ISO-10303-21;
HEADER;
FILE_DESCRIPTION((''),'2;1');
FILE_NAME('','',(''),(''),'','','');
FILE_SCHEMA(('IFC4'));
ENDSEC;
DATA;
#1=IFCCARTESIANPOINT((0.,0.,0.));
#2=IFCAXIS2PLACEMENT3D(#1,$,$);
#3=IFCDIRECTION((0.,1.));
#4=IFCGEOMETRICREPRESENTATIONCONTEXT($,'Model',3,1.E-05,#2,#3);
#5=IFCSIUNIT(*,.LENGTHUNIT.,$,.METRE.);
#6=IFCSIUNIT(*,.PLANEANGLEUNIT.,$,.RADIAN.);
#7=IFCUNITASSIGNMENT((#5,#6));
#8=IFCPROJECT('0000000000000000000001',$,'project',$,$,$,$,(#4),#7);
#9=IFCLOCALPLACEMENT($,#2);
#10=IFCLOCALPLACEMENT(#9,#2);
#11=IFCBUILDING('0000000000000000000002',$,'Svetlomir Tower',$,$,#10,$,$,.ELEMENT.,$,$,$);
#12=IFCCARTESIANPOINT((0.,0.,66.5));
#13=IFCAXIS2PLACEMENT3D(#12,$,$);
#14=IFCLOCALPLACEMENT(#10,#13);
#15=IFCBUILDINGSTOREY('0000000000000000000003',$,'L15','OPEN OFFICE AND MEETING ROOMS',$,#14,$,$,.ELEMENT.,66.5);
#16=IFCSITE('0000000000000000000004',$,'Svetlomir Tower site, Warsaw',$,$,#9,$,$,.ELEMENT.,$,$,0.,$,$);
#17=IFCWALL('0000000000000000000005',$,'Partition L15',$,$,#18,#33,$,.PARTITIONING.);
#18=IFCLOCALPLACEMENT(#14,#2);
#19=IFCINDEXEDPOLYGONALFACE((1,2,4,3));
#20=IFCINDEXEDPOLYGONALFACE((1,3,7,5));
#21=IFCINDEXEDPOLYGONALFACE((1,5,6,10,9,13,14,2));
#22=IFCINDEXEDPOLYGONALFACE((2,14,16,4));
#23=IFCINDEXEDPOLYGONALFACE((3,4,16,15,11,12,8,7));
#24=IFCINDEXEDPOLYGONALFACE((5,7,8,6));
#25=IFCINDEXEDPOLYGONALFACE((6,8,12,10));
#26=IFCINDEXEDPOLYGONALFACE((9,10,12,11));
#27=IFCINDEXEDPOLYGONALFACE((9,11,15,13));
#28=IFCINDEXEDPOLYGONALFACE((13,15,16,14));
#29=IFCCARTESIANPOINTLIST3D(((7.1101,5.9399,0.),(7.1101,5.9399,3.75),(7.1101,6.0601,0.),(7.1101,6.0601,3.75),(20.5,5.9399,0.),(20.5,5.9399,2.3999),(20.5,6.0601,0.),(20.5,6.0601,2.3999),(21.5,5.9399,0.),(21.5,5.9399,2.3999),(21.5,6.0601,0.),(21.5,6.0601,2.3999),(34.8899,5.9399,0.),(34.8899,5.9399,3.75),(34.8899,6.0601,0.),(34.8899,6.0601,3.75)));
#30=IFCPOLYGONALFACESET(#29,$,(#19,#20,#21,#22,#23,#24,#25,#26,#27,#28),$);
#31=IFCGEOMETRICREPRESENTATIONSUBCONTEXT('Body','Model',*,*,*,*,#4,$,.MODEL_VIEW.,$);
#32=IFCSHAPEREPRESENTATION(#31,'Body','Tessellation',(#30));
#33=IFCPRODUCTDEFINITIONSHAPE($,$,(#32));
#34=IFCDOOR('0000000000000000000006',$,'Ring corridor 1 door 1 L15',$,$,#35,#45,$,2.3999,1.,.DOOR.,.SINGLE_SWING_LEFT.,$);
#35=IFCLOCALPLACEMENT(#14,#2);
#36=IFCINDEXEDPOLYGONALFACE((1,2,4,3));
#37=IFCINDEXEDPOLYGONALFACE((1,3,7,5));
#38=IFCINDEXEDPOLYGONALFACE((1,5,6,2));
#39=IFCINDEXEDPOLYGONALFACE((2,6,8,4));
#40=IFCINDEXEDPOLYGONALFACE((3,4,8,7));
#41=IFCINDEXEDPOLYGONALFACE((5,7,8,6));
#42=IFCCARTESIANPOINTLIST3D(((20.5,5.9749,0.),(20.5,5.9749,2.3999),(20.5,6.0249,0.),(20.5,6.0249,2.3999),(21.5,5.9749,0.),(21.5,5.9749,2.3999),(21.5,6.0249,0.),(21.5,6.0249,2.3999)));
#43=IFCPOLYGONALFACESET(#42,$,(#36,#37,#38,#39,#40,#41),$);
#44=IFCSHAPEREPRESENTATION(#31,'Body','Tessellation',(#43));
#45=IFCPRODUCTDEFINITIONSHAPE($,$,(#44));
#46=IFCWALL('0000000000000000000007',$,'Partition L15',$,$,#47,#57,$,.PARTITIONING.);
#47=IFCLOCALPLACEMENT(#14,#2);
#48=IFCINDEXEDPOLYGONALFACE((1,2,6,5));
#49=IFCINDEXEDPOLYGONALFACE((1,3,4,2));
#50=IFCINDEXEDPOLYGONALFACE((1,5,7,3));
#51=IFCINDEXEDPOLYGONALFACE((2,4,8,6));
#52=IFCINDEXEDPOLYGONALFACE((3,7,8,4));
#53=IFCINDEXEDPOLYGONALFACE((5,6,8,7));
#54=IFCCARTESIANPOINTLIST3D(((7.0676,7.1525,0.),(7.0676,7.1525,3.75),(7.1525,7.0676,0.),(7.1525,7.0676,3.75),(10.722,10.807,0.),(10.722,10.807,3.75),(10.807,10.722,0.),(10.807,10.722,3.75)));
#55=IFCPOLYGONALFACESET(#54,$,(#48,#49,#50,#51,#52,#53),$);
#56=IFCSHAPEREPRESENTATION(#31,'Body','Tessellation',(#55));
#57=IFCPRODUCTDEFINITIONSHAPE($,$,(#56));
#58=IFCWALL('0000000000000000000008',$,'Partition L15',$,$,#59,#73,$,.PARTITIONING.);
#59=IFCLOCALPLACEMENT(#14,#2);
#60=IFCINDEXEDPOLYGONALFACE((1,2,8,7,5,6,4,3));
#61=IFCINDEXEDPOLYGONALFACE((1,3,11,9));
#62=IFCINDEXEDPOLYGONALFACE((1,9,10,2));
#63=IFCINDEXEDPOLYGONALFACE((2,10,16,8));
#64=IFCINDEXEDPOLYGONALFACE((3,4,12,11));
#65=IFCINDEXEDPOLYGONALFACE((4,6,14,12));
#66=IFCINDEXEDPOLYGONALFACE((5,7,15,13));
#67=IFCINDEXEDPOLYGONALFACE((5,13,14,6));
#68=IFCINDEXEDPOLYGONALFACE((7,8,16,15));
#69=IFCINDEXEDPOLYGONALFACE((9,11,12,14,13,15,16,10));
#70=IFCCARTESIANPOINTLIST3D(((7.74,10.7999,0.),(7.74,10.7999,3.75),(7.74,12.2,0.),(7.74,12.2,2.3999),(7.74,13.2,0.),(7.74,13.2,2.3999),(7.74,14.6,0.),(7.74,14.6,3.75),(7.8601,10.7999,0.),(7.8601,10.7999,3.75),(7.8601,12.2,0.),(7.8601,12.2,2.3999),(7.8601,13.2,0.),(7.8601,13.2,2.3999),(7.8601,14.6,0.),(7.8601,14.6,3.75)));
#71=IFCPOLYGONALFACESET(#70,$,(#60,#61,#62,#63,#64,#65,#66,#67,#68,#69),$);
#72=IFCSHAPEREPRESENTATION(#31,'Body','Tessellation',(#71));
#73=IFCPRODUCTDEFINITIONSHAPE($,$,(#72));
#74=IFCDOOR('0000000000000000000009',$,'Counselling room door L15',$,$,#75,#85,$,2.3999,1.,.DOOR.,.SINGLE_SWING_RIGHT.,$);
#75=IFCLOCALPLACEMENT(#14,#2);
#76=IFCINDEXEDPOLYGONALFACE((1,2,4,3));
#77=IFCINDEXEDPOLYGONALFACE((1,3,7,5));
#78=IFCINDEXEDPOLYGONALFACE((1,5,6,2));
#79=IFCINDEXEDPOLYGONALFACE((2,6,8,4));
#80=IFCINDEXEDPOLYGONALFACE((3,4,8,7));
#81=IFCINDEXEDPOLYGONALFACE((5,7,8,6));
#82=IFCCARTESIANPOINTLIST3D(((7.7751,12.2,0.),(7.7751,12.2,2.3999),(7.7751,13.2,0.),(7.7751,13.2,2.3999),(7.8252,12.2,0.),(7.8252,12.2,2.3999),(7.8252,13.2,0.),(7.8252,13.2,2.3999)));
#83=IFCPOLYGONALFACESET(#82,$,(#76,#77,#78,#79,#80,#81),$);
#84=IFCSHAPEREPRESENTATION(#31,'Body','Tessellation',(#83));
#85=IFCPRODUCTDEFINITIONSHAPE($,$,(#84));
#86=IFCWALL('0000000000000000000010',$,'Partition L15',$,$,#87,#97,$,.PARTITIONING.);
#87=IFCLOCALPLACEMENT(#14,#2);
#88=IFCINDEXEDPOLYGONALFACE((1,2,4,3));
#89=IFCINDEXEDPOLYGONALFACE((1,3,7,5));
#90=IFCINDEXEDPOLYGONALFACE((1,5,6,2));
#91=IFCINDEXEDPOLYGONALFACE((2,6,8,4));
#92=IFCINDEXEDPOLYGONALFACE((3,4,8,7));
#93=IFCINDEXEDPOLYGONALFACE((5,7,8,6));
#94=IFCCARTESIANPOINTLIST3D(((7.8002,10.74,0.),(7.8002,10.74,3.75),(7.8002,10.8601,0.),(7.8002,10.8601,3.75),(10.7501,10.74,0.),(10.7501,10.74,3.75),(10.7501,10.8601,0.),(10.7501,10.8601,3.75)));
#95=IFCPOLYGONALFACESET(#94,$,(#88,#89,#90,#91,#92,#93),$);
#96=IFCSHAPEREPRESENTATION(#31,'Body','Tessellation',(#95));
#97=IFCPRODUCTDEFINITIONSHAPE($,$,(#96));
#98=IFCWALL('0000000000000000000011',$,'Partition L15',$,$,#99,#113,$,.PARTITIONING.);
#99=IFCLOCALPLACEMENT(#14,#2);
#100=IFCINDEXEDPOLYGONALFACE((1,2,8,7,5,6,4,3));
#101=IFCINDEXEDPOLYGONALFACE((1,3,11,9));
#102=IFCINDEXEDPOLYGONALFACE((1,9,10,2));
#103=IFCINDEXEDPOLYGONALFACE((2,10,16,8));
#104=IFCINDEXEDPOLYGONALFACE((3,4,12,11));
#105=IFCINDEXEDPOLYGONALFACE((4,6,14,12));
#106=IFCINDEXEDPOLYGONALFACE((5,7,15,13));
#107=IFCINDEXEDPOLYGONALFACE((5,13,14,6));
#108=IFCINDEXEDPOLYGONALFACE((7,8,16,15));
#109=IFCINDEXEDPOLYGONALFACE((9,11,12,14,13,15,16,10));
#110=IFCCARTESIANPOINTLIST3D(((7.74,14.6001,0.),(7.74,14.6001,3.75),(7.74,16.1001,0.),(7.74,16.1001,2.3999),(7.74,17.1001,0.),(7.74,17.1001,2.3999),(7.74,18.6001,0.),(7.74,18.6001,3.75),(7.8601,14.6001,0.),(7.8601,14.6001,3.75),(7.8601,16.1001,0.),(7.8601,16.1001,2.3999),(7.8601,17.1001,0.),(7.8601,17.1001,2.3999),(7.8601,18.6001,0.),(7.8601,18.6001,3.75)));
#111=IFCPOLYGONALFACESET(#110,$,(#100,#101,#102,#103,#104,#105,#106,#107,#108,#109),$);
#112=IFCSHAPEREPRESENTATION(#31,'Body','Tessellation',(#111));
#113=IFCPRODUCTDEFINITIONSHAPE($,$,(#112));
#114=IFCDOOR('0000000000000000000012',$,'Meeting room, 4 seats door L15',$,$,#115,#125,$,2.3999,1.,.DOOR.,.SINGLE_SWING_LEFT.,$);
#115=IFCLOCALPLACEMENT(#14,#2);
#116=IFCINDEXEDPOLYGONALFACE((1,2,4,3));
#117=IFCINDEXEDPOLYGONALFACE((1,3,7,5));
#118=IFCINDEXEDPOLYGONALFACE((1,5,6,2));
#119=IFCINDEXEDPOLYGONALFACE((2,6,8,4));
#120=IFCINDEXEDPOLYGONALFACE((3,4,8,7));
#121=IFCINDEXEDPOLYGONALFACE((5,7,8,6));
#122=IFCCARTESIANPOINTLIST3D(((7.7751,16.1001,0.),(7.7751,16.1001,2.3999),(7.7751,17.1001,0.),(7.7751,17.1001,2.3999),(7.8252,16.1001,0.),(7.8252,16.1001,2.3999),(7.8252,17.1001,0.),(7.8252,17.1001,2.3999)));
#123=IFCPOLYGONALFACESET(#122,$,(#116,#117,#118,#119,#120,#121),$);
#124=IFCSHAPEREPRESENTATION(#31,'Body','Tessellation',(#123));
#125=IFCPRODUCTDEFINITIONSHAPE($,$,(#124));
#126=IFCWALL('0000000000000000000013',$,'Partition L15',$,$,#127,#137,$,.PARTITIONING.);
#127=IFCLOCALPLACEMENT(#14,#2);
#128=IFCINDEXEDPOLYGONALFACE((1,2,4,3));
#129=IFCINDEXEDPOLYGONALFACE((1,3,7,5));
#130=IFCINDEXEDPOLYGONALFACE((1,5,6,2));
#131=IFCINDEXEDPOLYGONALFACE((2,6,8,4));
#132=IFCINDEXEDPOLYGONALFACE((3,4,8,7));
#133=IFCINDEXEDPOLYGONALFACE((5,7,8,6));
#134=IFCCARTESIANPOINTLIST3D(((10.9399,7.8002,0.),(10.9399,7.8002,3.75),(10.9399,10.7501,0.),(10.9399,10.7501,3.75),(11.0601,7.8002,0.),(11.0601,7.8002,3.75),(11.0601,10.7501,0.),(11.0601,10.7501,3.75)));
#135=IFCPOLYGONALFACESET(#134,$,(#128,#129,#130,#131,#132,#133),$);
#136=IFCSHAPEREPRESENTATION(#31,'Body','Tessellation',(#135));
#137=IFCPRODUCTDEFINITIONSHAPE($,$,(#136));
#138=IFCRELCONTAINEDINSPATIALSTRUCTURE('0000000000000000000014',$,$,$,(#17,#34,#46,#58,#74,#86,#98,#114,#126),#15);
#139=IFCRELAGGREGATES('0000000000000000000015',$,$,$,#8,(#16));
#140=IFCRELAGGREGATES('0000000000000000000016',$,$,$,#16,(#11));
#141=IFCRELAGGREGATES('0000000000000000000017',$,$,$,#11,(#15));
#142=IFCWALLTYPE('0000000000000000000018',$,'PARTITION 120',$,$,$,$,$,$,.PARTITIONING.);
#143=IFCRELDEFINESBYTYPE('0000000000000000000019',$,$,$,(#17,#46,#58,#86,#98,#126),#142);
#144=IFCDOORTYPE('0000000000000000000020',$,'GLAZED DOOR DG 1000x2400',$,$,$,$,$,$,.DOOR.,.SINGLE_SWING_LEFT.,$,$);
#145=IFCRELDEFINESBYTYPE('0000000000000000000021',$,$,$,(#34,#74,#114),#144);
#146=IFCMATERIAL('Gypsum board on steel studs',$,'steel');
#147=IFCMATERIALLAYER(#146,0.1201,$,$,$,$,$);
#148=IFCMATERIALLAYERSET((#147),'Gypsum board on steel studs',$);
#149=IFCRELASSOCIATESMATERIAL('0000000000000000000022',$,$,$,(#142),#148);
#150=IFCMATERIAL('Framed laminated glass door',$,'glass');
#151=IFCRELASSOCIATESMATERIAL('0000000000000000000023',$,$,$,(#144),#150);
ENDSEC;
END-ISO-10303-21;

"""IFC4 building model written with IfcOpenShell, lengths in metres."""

from ifc_helpers import new_model, si_unit, direction, frame, frame_2d, origin, place, context, subcontext, project, spatial, rectangle, extrude, material, layer, layer_set, type_object, element, fill, save


model = new_model("IFC4")

# Units and contexts
model_context = context("Model", 3, precision=1e-05, world=origin(), true_north=direction((0.0, 1.0)))
body_context = subcontext(model_context, "Body", "Model", "MODEL_VIEW")
ifc_project = project(units=[si_unit("LENGTHUNIT", "METRE"), si_unit("PLANEANGLEUNIT", "RADIAN")], contexts=[model_context])

# Site, building, storey
site_placement = place(None, origin())
site = spatial("IfcSite", under=ifc_project, at=site_placement, Name="Svetlomir Tower site, Warsaw", CompositionType="ELEMENT", RefElevation=0.0)
building_placement = place(site_placement, origin())
building = spatial("IfcBuilding", under=site, at=building_placement, Name="Svetlomir Tower", CompositionType="ELEMENT")
storey_placement = place(building_placement, frame((0.0, 0.0, 66.5)))
storey = spatial("IfcBuildingStorey", under=building, at=storey_placement, Name="L15", Description="OPEN OFFICE AND MEETING ROOMS", CompositionType="ELEMENT", Elevation=66.5)

# Wall, opening, door
ifc_material_1 = material(Name="Gypsum board on steel studs", Category="steel")
ifc_layer_1 = layer(ifc_material_1, 0.1201)
ifc_layer_set_1 = layer_set([ifc_layer_1], Name="Gypsum board on steel studs")
wall_type_1 = type_object("IfcWallType", Name="PARTITION 120", PredefinedType="PARTITIONING", material=ifc_layer_set_1)
ifc_material_2 = material(Name="Framed laminated glass door", Category="glass")
door_type_1 = type_object("IfcDoorType", Name="GLAZED DOOR DG 1000x2400", OperationType="SINGLE_SWING_LEFT", PredefinedType="DOOR", material=ifc_material_2)
wall_1_placement = place(storey_placement, frame((7.1101, 6.0, 0.0), z_axis=(0.0, 0.0, 1.0), x_axis=(1.0, 0.0, 0.0)))
wall_1 = element("IfcWall", 1, at=wall_1_placement, inside=storey, type_object=wall_type_1, Name="Partition L15", PredefinedType="PARTITIONING", context=body_context, shape_type="SweptSolid", body=[
    extrude(rectangle(XDim=27.7798, YDim=0.1201, at=frame_2d((13.8899, 0.0))), origin(), (0.0, 0.0, 1.0), 3.75),
])
opening_1_placement = place(wall_1_placement, frame((13.3899, 0.0, 0.0)))
opening_1 = element("IfcOpeningElement", 2, at=opening_1_placement, cuts=wall_1, PredefinedType="OPENING", context=body_context, shape_type="SweptSolid", body=[
    extrude(rectangle(XDim=1.0, YDim=2.3999, at=frame_2d((0.5, 1.2))), frame((0.0, 0.0701, 0.0), z_axis=(0.0, -1.0, 0.0), x_axis=(1.0, 0.0, 0.0)), (0.0, 0.0, 1.0), 0.1401),
])
door_1_placement = place(opening_1_placement, origin())
door_1 = element("IfcDoor", 3, at=door_1_placement, inside=storey, type_object=door_type_1, Name="Ring corridor 1 door 1 L15", OperationType="SINGLE_SWING_LEFT", OverallHeight=2.3999, OverallWidth=1.0, PredefinedType="DOOR", context=body_context, shape_type="SweptSolid", body=[
    extrude(rectangle(XDim=1.0, YDim=2.3999, at=frame_2d((0.5, 1.2))), frame((0.0, 0.0249, 0.0), z_axis=(0.0, -1.0, 0.0), x_axis=(1.0, 0.0, 0.0)), (0.0, 0.0, 1.0), 0.05),
])
fill(opening_1, door_1)

# Wall
wall_2_placement = place(storey_placement, frame((7.1101, 7.1101, 0.0), z_axis=(0.0, 0.0, 1.0), x_axis=(0.707107, 0.707107, 0.0)))
element("IfcWall", 4, at=wall_2_placement, inside=storey, type_object=wall_type_1, Name="Partition L15", PredefinedType="PARTITIONING", context=body_context, shape_type="SweptSolid", body=[
    extrude(rectangle(XDim=5.1682, YDim=0.1201, at=frame_2d((2.584, 0.0))), origin(), (0.0, 0.0, 1.0), 3.75),
])

# Wall, opening, door
wall_3_placement = place(storey_placement, frame((7.8, 10.8, 0.0), z_axis=(0.0, 0.0, 1.0), x_axis=(0.0, 1.0, 0.0)))
wall_3 = element("IfcWall", 5, at=wall_3_placement, inside=storey, type_object=wall_type_1, Name="Partition L15", PredefinedType="PARTITIONING", context=body_context, shape_type="SweptSolid", body=[
    extrude(rectangle(XDim=3.8, YDim=0.1201, at=frame_2d((1.8999, 0.0))), origin(), (0.0, 0.0, 1.0), 3.75),
])
opening_2_placement = place(wall_3_placement, frame((1.3999, 0.0, 0.0)))
opening_2 = element("IfcOpeningElement", 6, at=opening_2_placement, cuts=wall_3, PredefinedType="OPENING", context=body_context, shape_type="SweptSolid", body=[
    extrude(rectangle(XDim=1.0, YDim=2.3999, at=frame_2d((0.5, 1.2))), frame((0.0, 0.0701, 0.0), z_axis=(0.0, -1.0, 0.0), x_axis=(1.0, 0.0, 0.0)), (0.0, 0.0, 1.0), 0.1401),
])
door_2_placement = place(opening_2_placement, origin())
door_2 = element("IfcDoor", 7, at=door_2_placement, inside=storey, type_object=door_type_1, Name="Counselling room door L15", OperationType="SINGLE_SWING_RIGHT", OverallHeight=2.3999, OverallWidth=1.0, PredefinedType="DOOR", context=body_context, shape_type="SweptSolid", body=[
    extrude(rectangle(XDim=1.0, YDim=2.3999, at=frame_2d((0.5, 1.2))), frame((0.0, 0.0249, 0.0), z_axis=(0.0, -1.0, 0.0), x_axis=(1.0, 0.0, 0.0)), (0.0, 0.0, 1.0), 0.05),
])
fill(opening_2, door_2)

# Wall
wall_4_placement = place(storey_placement, frame((7.8, 10.8, 0.0), z_axis=(0.0, 0.0, 1.0), x_axis=(1.0, 0.0, 0.0)))
element("IfcWall", 8, at=wall_4_placement, inside=storey, type_object=wall_type_1, Name="Partition L15", PredefinedType="PARTITIONING", context=body_context, shape_type="SweptSolid", body=[
    extrude(rectangle(XDim=2.95, YDim=0.1201, at=frame_2d((1.4751, 0.0))), origin(), (0.0, 0.0, 1.0), 3.75),
])

# Wall, opening, door
wall_5_placement = place(storey_placement, frame((7.8, 14.6001, 0.0), z_axis=(0.0, 0.0, 1.0), x_axis=(0.0, 1.0, 0.0)))
wall_5 = element("IfcWall", 9, at=wall_5_placement, inside=storey, type_object=wall_type_1, Name="Partition L15", PredefinedType="PARTITIONING", context=body_context, shape_type="SweptSolid", body=[
    extrude(rectangle(XDim=4.0, YDim=0.1201, at=frame_2d((2.0, 0.0))), origin(), (0.0, 0.0, 1.0), 3.75),
])
opening_3_placement = place(wall_5_placement, frame((1.5, 0.0, 0.0)))
opening_3 = element("IfcOpeningElement", 10, at=opening_3_placement, cuts=wall_5, PredefinedType="OPENING", context=body_context, shape_type="SweptSolid", body=[
    extrude(rectangle(XDim=1.0, YDim=2.3999, at=frame_2d((0.5, 1.2))), frame((0.0, 0.0701, 0.0), z_axis=(0.0, -1.0, 0.0), x_axis=(1.0, 0.0, 0.0)), (0.0, 0.0, 1.0), 0.1401),
])
door_3_placement = place(opening_3_placement, origin())
door_3 = element("IfcDoor", 11, at=door_3_placement, inside=storey, type_object=door_type_1, Name="Meeting room, 4 seats door L15", OperationType="SINGLE_SWING_LEFT", OverallHeight=2.3999, OverallWidth=1.0, PredefinedType="DOOR", context=body_context, shape_type="SweptSolid", body=[
    extrude(rectangle(XDim=1.0, YDim=2.3999, at=frame_2d((0.5, 1.2))), frame((0.0, 0.0249, 0.0), z_axis=(0.0, -1.0, 0.0), x_axis=(1.0, 0.0, 0.0)), (0.0, 0.0, 1.0), 0.05),
])
fill(opening_3, door_3)

# Wall
wall_6_placement = place(storey_placement, frame((11.0, 7.8, 0.0), z_axis=(0.0, 0.0, 1.0), x_axis=(0.0, 1.0, 0.0)))
element("IfcWall", 12, at=wall_6_placement, inside=storey, type_object=wall_type_1, Name="Partition L15", PredefinedType="PARTITIONING", context=body_context, shape_type="SweptSolid", body=[
    extrude(rectangle(XDim=2.95, YDim=0.1201, at=frame_2d((1.4751, 0.0))), origin(), (0.0, 0.0, 1.0), 3.75),
])

save(model, "model.ifc")
